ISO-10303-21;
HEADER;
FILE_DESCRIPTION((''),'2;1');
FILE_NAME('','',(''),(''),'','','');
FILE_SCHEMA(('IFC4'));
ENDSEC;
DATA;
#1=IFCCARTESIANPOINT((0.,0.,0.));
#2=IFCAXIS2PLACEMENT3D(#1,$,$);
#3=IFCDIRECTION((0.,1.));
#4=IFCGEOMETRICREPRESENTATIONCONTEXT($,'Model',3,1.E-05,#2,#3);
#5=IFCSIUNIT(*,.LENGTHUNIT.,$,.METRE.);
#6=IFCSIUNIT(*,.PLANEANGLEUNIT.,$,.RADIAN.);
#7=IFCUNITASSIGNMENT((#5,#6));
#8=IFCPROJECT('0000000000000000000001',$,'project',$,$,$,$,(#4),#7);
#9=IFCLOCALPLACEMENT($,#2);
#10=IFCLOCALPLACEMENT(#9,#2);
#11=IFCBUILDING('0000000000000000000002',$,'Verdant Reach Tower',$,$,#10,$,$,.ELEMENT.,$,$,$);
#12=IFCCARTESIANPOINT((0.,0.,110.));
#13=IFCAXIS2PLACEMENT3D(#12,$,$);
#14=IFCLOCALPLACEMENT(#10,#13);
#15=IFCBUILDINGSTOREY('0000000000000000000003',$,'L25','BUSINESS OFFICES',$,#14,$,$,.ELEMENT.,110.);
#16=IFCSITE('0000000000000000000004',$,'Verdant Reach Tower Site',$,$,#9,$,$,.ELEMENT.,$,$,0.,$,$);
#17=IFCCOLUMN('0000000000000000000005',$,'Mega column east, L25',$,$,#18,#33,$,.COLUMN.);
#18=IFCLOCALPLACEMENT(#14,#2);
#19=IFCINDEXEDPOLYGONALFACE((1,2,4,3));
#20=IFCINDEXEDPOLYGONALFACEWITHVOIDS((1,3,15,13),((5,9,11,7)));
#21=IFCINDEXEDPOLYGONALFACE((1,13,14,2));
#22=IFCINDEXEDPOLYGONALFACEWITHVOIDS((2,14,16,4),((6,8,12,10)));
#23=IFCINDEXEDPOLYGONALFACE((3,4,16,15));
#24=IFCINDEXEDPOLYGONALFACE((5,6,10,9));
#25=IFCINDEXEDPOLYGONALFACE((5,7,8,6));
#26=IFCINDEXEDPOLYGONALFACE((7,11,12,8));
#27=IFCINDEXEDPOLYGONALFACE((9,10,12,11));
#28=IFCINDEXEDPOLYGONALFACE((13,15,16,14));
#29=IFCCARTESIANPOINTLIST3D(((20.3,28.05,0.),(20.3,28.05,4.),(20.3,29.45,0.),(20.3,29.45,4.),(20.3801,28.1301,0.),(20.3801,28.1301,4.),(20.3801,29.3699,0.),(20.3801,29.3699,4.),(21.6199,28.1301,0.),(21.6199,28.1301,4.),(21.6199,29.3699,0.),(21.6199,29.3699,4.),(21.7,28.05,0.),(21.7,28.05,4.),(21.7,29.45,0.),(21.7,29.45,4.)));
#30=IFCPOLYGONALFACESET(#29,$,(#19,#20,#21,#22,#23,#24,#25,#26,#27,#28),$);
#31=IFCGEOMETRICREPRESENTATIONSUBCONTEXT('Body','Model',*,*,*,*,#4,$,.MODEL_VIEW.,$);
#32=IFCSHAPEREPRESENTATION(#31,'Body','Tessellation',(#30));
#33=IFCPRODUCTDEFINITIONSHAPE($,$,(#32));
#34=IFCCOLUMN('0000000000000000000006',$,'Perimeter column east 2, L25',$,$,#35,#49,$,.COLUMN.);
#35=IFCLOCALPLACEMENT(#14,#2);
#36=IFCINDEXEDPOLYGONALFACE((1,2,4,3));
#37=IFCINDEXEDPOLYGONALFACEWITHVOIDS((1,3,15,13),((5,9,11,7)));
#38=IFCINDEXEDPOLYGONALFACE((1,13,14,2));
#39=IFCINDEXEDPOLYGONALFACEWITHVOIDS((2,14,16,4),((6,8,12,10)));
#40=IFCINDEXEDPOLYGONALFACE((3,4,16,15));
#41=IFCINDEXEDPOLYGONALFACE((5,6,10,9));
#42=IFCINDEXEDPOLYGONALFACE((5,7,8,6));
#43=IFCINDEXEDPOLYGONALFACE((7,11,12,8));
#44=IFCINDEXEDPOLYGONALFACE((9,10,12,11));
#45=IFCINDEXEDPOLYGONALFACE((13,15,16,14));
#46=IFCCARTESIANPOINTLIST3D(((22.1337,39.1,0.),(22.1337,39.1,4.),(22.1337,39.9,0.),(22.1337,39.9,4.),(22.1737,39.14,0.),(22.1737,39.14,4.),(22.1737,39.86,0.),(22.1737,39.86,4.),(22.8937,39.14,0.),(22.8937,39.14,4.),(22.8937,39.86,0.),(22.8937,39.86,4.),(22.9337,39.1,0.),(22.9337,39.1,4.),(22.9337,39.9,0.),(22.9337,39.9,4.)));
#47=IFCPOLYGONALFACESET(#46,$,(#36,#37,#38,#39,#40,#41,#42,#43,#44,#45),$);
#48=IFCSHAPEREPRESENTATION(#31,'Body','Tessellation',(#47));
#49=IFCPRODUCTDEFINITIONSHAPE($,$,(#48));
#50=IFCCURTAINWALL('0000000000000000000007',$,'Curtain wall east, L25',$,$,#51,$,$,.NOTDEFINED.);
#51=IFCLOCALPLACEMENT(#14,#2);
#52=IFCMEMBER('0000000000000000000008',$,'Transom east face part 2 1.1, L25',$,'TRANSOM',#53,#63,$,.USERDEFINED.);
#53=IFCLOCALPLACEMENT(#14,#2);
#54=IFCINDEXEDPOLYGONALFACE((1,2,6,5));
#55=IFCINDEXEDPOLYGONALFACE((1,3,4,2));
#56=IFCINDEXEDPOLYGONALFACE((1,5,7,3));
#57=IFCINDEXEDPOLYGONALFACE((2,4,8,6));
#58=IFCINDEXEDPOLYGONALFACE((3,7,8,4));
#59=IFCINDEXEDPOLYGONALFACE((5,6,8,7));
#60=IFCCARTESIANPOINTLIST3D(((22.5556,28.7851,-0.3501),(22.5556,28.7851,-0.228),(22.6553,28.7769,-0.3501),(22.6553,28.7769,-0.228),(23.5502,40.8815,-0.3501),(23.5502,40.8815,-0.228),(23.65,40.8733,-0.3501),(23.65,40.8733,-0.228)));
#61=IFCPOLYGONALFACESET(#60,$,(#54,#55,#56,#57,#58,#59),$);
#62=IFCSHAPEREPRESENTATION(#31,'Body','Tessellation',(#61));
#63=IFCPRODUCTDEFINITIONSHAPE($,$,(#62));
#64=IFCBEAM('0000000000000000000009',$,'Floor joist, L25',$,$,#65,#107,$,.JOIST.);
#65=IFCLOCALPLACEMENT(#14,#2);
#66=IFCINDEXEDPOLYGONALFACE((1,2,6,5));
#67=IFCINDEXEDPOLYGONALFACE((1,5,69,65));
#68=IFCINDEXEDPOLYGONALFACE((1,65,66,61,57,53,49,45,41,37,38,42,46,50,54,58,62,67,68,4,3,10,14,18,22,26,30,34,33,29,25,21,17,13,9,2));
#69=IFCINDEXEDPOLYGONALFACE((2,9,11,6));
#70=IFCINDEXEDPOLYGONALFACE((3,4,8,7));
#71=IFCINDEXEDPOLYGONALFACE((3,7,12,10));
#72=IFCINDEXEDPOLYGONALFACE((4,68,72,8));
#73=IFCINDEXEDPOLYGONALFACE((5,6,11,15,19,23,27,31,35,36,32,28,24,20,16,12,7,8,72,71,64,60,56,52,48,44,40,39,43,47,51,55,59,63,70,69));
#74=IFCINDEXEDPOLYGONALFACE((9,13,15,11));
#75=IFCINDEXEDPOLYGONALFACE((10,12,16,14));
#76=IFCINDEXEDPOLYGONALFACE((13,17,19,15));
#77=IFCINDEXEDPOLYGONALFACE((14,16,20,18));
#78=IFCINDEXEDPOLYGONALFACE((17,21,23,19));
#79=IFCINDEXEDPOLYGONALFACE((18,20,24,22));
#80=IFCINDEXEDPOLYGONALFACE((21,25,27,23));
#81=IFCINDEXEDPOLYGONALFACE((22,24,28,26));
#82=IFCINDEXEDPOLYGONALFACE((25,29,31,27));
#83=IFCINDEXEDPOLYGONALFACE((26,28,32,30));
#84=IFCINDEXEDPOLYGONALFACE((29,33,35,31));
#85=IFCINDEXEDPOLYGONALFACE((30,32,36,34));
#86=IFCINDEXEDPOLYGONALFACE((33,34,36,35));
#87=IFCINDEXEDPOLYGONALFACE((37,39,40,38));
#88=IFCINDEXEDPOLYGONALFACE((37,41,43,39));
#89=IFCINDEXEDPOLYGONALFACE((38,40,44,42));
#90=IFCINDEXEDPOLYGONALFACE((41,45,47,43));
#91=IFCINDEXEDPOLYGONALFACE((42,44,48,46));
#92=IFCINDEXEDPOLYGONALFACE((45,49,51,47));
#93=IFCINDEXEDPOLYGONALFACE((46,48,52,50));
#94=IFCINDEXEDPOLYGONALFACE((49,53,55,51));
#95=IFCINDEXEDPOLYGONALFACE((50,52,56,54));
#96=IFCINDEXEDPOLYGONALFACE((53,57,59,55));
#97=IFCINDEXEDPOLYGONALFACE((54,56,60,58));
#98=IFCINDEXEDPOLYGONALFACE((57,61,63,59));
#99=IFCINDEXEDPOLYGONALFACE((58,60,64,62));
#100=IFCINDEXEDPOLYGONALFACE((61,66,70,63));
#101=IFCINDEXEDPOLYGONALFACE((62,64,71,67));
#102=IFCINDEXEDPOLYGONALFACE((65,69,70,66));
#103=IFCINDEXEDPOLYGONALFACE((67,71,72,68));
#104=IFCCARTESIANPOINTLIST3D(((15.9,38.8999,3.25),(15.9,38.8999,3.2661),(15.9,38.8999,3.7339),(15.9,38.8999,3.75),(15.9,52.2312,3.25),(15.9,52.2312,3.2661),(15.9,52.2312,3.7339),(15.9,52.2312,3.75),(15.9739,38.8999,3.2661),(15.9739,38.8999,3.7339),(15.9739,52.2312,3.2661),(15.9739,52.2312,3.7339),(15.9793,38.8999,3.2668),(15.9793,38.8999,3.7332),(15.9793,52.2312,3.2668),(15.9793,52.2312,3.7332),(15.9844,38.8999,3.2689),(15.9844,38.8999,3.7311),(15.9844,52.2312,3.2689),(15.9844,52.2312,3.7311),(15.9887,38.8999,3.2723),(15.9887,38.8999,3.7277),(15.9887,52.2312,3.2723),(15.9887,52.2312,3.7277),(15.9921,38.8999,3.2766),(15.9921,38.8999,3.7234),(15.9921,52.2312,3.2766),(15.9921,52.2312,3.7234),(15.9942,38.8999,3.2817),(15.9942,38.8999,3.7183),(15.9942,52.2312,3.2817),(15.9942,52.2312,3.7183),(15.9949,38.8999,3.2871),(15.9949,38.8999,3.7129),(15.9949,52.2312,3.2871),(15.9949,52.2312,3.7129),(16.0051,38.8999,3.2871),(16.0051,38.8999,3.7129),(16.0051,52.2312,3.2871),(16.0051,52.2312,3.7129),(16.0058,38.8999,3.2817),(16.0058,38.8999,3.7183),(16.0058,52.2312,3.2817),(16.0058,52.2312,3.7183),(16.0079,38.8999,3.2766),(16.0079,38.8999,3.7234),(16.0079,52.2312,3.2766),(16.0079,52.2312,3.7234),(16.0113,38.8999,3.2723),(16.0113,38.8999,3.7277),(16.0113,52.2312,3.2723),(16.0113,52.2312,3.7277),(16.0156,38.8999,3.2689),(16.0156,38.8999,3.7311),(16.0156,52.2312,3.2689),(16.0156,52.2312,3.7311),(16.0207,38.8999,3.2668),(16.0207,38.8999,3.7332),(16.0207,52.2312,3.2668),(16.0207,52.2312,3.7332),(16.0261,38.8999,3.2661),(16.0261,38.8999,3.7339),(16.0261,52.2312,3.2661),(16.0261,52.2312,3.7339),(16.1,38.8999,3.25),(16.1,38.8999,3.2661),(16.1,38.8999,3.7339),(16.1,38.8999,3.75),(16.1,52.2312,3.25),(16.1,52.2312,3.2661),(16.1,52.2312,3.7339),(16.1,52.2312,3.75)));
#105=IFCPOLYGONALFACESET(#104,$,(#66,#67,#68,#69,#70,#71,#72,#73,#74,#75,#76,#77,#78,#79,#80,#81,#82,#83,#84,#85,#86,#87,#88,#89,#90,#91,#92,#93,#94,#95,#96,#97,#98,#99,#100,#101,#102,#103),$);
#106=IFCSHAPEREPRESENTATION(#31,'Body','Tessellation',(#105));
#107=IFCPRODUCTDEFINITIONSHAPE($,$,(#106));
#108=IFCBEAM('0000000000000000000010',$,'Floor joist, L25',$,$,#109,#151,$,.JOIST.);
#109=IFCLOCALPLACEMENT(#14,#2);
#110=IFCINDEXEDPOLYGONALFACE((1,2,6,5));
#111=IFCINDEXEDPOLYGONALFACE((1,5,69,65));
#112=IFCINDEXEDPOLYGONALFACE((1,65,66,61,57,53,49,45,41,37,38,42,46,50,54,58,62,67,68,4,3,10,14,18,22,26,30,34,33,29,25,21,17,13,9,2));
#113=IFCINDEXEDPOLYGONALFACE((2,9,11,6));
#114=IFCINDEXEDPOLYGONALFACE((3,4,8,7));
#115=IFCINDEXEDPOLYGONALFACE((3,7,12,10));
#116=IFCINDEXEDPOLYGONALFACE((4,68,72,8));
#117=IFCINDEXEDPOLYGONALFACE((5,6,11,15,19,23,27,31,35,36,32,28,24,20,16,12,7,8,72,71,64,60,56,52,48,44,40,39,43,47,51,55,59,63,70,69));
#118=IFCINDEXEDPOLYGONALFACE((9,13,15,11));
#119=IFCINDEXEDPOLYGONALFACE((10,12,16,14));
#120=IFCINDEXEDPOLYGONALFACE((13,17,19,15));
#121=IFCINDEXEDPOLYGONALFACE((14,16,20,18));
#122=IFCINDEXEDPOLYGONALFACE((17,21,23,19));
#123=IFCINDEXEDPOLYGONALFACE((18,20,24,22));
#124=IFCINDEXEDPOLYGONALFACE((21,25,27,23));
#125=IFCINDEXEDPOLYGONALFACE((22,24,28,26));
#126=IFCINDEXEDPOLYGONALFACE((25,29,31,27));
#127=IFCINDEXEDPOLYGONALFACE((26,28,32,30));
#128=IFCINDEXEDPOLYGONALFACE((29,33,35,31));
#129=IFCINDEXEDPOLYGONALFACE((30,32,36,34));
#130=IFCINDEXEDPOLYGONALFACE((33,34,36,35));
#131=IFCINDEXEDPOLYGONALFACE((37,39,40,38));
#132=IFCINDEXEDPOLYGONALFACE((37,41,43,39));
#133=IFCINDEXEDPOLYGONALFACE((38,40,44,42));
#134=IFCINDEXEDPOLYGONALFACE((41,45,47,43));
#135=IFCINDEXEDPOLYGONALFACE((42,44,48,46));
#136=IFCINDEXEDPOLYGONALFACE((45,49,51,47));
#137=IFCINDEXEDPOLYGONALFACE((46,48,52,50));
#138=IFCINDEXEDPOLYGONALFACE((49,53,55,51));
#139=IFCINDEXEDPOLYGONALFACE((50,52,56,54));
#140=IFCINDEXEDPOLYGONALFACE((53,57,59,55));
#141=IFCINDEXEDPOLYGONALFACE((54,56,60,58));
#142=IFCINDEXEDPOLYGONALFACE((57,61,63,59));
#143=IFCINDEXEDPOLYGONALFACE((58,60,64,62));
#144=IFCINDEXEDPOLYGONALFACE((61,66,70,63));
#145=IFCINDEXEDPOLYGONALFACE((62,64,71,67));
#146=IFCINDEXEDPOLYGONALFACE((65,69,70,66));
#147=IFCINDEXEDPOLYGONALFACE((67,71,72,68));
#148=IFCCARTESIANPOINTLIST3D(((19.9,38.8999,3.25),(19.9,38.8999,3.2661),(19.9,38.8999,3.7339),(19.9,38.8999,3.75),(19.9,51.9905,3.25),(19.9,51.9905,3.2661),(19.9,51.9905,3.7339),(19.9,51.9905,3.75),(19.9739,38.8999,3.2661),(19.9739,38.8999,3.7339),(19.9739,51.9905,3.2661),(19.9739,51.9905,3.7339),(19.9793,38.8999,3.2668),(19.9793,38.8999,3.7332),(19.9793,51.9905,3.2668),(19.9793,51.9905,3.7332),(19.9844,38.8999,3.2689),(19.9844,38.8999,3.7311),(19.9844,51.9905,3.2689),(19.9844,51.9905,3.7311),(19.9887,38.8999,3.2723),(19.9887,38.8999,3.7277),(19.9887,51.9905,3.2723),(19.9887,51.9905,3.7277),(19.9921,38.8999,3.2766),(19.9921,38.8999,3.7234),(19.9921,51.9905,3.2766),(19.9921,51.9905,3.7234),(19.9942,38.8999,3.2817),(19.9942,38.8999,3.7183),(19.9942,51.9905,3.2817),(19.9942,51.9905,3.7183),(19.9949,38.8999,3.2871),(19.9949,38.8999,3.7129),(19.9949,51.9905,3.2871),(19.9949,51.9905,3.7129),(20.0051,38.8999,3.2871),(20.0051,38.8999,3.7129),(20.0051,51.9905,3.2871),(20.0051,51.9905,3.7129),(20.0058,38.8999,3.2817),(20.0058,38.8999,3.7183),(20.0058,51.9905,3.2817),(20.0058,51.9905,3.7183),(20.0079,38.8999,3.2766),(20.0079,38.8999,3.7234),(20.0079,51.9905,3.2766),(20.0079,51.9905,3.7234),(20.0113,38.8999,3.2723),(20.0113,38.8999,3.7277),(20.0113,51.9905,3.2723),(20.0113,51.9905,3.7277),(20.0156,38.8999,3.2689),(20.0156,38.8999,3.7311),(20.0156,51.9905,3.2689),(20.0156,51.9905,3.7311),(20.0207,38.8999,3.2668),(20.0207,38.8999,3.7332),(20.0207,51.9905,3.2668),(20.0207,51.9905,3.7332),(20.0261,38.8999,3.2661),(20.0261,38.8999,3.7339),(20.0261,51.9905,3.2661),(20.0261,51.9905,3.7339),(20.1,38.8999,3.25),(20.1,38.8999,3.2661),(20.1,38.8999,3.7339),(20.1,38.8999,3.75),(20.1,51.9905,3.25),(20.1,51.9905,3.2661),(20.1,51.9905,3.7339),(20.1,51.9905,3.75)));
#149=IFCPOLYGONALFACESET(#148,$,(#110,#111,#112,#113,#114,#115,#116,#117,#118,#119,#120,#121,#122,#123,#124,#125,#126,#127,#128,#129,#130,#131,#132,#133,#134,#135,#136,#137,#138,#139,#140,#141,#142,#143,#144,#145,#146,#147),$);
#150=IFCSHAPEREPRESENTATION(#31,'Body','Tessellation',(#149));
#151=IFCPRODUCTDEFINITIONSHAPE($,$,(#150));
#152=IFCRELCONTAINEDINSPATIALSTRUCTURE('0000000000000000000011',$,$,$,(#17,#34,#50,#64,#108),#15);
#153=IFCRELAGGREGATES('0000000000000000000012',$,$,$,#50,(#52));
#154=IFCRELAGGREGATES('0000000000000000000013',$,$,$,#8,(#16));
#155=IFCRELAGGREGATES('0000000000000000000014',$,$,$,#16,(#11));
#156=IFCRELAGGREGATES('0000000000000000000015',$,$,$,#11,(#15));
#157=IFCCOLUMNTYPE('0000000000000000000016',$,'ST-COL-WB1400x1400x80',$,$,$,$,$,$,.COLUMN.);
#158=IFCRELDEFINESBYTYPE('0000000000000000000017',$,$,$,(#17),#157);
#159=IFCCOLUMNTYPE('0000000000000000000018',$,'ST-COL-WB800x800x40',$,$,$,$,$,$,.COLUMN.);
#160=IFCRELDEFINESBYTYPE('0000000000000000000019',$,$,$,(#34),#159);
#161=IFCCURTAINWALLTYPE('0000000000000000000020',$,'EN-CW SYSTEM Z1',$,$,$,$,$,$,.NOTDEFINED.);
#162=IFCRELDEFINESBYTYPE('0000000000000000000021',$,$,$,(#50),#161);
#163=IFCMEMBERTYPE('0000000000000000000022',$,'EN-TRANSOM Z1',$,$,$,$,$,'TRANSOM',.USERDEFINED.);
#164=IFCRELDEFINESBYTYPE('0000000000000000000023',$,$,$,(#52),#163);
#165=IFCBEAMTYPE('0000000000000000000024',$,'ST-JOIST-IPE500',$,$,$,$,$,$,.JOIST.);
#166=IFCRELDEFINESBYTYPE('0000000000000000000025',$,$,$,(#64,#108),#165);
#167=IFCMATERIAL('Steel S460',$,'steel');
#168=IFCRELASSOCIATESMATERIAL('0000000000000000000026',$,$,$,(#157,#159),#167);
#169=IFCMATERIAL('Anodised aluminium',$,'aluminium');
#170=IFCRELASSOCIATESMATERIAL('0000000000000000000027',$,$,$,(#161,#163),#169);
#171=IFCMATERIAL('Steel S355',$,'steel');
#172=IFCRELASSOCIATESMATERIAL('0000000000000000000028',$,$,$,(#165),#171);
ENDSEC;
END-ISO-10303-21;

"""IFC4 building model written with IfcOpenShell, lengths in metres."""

from ifc_helpers import new_model, si_unit, direction, frame, origin, origin_2d, place, context, subcontext, project, spatial, rectangle, hollow_rectangle, i_section, extrude, material, material_profile, profile_set, type_object, element, aggregate, save


model = new_model("IFC4")

# Units and contexts
model_context = context("Model", 3, precision=1e-05, world=origin(), true_north=direction((0.0, 1.0)))
body_context = subcontext(model_context, "Body", "Model", "MODEL_VIEW")
ifc_project = project(units=[si_unit("LENGTHUNIT", "METRE"), si_unit("PLANEANGLEUNIT", "RADIAN")], contexts=[model_context])

# Site, building, storey
site_placement = place(None, origin())
site = spatial("IfcSite", under=ifc_project, at=site_placement, Name="Verdant Reach Tower Site", CompositionType="ELEMENT", RefElevation=0.0)
building_placement = place(site_placement, origin())
building = spatial("IfcBuilding", under=site, at=building_placement, Name="Verdant Reach Tower", CompositionType="ELEMENT")
storey_placement = place(building_placement, frame((0.0, 0.0, 110.0)))
storey = spatial("IfcBuildingStorey", under=building, at=storey_placement, Name="L25", Description="BUSINESS OFFICES", CompositionType="ELEMENT", Elevation=110.0)

# Columns
ifc_material_1 = material(Name="Steel S460", Category="steel")
ifc_material_profile_1 = material_profile(ifc_material_1, hollow_rectangle(XDim=1.3999, YDim=1.3999, WallThickness=0.0801, at=origin_2d()), Name="WB 1400x1400x80")
ifc_profile_set_1 = profile_set([ifc_material_profile_1], Name="Steel S460")
column_type_1 = type_object("IfcColumnType", Name="ST-COL-WB1400x1400x80", PredefinedType="COLUMN", material=ifc_profile_set_1)
column_1_placement = place(storey_placement, frame((21.0, 28.75, 0.0), z_axis=(0.0, 0.0, 1.0), x_axis=(1.0, 0.0, 0.0)))
element("IfcColumn", 1, at=column_1_placement, inside=storey, type_object=column_type_1, Name="Mega column east, L25", PredefinedType="COLUMN", context=body_context, shape_type="SweptSolid", body=[
    extrude(hollow_rectangle(XDim=1.3999, YDim=1.3999, WallThickness=0.0801, at=origin_2d()), origin(), (0.0, 0.0, 1.0), 4.0),
])
ifc_material_profile_2 = material_profile(ifc_material_1, hollow_rectangle(XDim=0.8, YDim=0.8, WallThickness=0.04, at=origin_2d()), Name="WB 800x800x40")
ifc_profile_set_2 = profile_set([ifc_material_profile_2], Name="Steel S460")
column_type_2 = type_object("IfcColumnType", Name="ST-COL-WB800x800x40", PredefinedType="COLUMN", material=ifc_profile_set_2)
column_2_placement = place(storey_placement, frame((22.5337, 39.5, 0.0), z_axis=(0.0, 0.0, 1.0), x_axis=(1.0, 0.0, 0.0)))
element("IfcColumn", 2, at=column_2_placement, inside=storey, type_object=column_type_2, Name="Perimeter column east 2, L25", PredefinedType="COLUMN", context=body_context, shape_type="SweptSolid", body=[
    extrude(hollow_rectangle(XDim=0.8, YDim=0.8, WallThickness=0.04, at=origin_2d()), origin(), (0.0, 0.0, 1.0), 4.0),
])

# Curtain wall, member
ifc_material_2 = material(Name="Anodised aluminium", Category="aluminium")
curtain_wall_type = type_object("IfcCurtainWallType", Name="EN-CW SYSTEM Z1", PredefinedType="NOTDEFINED", material=ifc_material_2)
curtain_wall_placement = place(storey_placement, origin())
curtain_wall = element("IfcCurtainWall", 3, at=curtain_wall_placement, inside=storey, type_object=curtain_wall_type, Name="Curtain wall east, L25", PredefinedType="NOTDEFINED")
ifc_material_profile_3 = material_profile(ifc_material_2, rectangle(XDim=0.1001, YDim=0.1221, at=origin_2d()), Name="Transom 122x100")
ifc_profile_set_3 = profile_set([ifc_material_profile_3], Name="Anodised aluminium")
member_type = type_object("IfcMemberType", Name="EN-TRANSOM Z1", ElementType="TRANSOM", PredefinedType="USERDEFINED", material=ifc_profile_set_3)
member_placement = place(storey_placement, frame((22.6055, 28.781, -0.2891), z_axis=(0.081948, 0.996637, 0.0), x_axis=(-0.996637, 0.081948, 0.0)))
member = element("IfcMember", 4, at=member_placement, type_object=member_type, Name="Transom east face part 2 1.1, L25", ObjectType="TRANSOM", PredefinedType="USERDEFINED", context=body_context, shape_type="SweptSolid", body=[
    extrude(rectangle(XDim=0.1001, YDim=0.1221, at=origin_2d()), origin(), (0.0, 0.0, 1.0), 12.1372),
])

# Beams
ifc_material_3 = material(Name="Steel S355", Category="steel")
ifc_material_profile_4 = material_profile(ifc_material_3, i_section(OverallWidth=0.2, OverallDepth=0.5, WebThickness=0.0103, FlangeThickness=0.0161, FilletRadius=0.021, at=origin_2d()), Name="IPE 500")
ifc_profile_set_4 = profile_set([ifc_material_profile_4], Name="Steel S355")
beam_type_1 = type_object("IfcBeamType", Name="ST-JOIST-IPE500", PredefinedType="JOIST", material=ifc_profile_set_4)
beam_1_placement = place(storey_placement, frame((16.0, 38.8999, 3.5), z_axis=(0.0, 1.0, 0.0), x_axis=(-1.0, 0.0, 0.0)))
element("IfcBeam", 5, at=beam_1_placement, inside=storey, type_object=beam_type_1, Name="Floor joist, L25", PredefinedType="JOIST", context=body_context, shape_type="SweptSolid", body=[
    extrude(i_section(OverallWidth=0.2, OverallDepth=0.5, WebThickness=0.0103, FlangeThickness=0.0161, FilletRadius=0.021, at=origin_2d()), origin(), (0.0, 0.0, 1.0), 13.3313),
])
beam_2_placement = place(storey_placement, frame((20.0, 38.8999, 3.5), z_axis=(0.0, 1.0, 0.0), x_axis=(-1.0, 0.0, 0.0)))
element("IfcBeam", 6, at=beam_2_placement, inside=storey, type_object=beam_type_1, Name="Floor joist, L25", PredefinedType="JOIST", context=body_context, shape_type="SweptSolid", body=[
    extrude(i_section(OverallWidth=0.2, OverallDepth=0.5, WebThickness=0.0103, FlangeThickness=0.0161, FilletRadius=0.021, at=origin_2d()), origin(), (0.0, 0.0, 1.0), 13.0906),
])

aggregate(curtain_wall, [member])

save(model, "model.ifc")
